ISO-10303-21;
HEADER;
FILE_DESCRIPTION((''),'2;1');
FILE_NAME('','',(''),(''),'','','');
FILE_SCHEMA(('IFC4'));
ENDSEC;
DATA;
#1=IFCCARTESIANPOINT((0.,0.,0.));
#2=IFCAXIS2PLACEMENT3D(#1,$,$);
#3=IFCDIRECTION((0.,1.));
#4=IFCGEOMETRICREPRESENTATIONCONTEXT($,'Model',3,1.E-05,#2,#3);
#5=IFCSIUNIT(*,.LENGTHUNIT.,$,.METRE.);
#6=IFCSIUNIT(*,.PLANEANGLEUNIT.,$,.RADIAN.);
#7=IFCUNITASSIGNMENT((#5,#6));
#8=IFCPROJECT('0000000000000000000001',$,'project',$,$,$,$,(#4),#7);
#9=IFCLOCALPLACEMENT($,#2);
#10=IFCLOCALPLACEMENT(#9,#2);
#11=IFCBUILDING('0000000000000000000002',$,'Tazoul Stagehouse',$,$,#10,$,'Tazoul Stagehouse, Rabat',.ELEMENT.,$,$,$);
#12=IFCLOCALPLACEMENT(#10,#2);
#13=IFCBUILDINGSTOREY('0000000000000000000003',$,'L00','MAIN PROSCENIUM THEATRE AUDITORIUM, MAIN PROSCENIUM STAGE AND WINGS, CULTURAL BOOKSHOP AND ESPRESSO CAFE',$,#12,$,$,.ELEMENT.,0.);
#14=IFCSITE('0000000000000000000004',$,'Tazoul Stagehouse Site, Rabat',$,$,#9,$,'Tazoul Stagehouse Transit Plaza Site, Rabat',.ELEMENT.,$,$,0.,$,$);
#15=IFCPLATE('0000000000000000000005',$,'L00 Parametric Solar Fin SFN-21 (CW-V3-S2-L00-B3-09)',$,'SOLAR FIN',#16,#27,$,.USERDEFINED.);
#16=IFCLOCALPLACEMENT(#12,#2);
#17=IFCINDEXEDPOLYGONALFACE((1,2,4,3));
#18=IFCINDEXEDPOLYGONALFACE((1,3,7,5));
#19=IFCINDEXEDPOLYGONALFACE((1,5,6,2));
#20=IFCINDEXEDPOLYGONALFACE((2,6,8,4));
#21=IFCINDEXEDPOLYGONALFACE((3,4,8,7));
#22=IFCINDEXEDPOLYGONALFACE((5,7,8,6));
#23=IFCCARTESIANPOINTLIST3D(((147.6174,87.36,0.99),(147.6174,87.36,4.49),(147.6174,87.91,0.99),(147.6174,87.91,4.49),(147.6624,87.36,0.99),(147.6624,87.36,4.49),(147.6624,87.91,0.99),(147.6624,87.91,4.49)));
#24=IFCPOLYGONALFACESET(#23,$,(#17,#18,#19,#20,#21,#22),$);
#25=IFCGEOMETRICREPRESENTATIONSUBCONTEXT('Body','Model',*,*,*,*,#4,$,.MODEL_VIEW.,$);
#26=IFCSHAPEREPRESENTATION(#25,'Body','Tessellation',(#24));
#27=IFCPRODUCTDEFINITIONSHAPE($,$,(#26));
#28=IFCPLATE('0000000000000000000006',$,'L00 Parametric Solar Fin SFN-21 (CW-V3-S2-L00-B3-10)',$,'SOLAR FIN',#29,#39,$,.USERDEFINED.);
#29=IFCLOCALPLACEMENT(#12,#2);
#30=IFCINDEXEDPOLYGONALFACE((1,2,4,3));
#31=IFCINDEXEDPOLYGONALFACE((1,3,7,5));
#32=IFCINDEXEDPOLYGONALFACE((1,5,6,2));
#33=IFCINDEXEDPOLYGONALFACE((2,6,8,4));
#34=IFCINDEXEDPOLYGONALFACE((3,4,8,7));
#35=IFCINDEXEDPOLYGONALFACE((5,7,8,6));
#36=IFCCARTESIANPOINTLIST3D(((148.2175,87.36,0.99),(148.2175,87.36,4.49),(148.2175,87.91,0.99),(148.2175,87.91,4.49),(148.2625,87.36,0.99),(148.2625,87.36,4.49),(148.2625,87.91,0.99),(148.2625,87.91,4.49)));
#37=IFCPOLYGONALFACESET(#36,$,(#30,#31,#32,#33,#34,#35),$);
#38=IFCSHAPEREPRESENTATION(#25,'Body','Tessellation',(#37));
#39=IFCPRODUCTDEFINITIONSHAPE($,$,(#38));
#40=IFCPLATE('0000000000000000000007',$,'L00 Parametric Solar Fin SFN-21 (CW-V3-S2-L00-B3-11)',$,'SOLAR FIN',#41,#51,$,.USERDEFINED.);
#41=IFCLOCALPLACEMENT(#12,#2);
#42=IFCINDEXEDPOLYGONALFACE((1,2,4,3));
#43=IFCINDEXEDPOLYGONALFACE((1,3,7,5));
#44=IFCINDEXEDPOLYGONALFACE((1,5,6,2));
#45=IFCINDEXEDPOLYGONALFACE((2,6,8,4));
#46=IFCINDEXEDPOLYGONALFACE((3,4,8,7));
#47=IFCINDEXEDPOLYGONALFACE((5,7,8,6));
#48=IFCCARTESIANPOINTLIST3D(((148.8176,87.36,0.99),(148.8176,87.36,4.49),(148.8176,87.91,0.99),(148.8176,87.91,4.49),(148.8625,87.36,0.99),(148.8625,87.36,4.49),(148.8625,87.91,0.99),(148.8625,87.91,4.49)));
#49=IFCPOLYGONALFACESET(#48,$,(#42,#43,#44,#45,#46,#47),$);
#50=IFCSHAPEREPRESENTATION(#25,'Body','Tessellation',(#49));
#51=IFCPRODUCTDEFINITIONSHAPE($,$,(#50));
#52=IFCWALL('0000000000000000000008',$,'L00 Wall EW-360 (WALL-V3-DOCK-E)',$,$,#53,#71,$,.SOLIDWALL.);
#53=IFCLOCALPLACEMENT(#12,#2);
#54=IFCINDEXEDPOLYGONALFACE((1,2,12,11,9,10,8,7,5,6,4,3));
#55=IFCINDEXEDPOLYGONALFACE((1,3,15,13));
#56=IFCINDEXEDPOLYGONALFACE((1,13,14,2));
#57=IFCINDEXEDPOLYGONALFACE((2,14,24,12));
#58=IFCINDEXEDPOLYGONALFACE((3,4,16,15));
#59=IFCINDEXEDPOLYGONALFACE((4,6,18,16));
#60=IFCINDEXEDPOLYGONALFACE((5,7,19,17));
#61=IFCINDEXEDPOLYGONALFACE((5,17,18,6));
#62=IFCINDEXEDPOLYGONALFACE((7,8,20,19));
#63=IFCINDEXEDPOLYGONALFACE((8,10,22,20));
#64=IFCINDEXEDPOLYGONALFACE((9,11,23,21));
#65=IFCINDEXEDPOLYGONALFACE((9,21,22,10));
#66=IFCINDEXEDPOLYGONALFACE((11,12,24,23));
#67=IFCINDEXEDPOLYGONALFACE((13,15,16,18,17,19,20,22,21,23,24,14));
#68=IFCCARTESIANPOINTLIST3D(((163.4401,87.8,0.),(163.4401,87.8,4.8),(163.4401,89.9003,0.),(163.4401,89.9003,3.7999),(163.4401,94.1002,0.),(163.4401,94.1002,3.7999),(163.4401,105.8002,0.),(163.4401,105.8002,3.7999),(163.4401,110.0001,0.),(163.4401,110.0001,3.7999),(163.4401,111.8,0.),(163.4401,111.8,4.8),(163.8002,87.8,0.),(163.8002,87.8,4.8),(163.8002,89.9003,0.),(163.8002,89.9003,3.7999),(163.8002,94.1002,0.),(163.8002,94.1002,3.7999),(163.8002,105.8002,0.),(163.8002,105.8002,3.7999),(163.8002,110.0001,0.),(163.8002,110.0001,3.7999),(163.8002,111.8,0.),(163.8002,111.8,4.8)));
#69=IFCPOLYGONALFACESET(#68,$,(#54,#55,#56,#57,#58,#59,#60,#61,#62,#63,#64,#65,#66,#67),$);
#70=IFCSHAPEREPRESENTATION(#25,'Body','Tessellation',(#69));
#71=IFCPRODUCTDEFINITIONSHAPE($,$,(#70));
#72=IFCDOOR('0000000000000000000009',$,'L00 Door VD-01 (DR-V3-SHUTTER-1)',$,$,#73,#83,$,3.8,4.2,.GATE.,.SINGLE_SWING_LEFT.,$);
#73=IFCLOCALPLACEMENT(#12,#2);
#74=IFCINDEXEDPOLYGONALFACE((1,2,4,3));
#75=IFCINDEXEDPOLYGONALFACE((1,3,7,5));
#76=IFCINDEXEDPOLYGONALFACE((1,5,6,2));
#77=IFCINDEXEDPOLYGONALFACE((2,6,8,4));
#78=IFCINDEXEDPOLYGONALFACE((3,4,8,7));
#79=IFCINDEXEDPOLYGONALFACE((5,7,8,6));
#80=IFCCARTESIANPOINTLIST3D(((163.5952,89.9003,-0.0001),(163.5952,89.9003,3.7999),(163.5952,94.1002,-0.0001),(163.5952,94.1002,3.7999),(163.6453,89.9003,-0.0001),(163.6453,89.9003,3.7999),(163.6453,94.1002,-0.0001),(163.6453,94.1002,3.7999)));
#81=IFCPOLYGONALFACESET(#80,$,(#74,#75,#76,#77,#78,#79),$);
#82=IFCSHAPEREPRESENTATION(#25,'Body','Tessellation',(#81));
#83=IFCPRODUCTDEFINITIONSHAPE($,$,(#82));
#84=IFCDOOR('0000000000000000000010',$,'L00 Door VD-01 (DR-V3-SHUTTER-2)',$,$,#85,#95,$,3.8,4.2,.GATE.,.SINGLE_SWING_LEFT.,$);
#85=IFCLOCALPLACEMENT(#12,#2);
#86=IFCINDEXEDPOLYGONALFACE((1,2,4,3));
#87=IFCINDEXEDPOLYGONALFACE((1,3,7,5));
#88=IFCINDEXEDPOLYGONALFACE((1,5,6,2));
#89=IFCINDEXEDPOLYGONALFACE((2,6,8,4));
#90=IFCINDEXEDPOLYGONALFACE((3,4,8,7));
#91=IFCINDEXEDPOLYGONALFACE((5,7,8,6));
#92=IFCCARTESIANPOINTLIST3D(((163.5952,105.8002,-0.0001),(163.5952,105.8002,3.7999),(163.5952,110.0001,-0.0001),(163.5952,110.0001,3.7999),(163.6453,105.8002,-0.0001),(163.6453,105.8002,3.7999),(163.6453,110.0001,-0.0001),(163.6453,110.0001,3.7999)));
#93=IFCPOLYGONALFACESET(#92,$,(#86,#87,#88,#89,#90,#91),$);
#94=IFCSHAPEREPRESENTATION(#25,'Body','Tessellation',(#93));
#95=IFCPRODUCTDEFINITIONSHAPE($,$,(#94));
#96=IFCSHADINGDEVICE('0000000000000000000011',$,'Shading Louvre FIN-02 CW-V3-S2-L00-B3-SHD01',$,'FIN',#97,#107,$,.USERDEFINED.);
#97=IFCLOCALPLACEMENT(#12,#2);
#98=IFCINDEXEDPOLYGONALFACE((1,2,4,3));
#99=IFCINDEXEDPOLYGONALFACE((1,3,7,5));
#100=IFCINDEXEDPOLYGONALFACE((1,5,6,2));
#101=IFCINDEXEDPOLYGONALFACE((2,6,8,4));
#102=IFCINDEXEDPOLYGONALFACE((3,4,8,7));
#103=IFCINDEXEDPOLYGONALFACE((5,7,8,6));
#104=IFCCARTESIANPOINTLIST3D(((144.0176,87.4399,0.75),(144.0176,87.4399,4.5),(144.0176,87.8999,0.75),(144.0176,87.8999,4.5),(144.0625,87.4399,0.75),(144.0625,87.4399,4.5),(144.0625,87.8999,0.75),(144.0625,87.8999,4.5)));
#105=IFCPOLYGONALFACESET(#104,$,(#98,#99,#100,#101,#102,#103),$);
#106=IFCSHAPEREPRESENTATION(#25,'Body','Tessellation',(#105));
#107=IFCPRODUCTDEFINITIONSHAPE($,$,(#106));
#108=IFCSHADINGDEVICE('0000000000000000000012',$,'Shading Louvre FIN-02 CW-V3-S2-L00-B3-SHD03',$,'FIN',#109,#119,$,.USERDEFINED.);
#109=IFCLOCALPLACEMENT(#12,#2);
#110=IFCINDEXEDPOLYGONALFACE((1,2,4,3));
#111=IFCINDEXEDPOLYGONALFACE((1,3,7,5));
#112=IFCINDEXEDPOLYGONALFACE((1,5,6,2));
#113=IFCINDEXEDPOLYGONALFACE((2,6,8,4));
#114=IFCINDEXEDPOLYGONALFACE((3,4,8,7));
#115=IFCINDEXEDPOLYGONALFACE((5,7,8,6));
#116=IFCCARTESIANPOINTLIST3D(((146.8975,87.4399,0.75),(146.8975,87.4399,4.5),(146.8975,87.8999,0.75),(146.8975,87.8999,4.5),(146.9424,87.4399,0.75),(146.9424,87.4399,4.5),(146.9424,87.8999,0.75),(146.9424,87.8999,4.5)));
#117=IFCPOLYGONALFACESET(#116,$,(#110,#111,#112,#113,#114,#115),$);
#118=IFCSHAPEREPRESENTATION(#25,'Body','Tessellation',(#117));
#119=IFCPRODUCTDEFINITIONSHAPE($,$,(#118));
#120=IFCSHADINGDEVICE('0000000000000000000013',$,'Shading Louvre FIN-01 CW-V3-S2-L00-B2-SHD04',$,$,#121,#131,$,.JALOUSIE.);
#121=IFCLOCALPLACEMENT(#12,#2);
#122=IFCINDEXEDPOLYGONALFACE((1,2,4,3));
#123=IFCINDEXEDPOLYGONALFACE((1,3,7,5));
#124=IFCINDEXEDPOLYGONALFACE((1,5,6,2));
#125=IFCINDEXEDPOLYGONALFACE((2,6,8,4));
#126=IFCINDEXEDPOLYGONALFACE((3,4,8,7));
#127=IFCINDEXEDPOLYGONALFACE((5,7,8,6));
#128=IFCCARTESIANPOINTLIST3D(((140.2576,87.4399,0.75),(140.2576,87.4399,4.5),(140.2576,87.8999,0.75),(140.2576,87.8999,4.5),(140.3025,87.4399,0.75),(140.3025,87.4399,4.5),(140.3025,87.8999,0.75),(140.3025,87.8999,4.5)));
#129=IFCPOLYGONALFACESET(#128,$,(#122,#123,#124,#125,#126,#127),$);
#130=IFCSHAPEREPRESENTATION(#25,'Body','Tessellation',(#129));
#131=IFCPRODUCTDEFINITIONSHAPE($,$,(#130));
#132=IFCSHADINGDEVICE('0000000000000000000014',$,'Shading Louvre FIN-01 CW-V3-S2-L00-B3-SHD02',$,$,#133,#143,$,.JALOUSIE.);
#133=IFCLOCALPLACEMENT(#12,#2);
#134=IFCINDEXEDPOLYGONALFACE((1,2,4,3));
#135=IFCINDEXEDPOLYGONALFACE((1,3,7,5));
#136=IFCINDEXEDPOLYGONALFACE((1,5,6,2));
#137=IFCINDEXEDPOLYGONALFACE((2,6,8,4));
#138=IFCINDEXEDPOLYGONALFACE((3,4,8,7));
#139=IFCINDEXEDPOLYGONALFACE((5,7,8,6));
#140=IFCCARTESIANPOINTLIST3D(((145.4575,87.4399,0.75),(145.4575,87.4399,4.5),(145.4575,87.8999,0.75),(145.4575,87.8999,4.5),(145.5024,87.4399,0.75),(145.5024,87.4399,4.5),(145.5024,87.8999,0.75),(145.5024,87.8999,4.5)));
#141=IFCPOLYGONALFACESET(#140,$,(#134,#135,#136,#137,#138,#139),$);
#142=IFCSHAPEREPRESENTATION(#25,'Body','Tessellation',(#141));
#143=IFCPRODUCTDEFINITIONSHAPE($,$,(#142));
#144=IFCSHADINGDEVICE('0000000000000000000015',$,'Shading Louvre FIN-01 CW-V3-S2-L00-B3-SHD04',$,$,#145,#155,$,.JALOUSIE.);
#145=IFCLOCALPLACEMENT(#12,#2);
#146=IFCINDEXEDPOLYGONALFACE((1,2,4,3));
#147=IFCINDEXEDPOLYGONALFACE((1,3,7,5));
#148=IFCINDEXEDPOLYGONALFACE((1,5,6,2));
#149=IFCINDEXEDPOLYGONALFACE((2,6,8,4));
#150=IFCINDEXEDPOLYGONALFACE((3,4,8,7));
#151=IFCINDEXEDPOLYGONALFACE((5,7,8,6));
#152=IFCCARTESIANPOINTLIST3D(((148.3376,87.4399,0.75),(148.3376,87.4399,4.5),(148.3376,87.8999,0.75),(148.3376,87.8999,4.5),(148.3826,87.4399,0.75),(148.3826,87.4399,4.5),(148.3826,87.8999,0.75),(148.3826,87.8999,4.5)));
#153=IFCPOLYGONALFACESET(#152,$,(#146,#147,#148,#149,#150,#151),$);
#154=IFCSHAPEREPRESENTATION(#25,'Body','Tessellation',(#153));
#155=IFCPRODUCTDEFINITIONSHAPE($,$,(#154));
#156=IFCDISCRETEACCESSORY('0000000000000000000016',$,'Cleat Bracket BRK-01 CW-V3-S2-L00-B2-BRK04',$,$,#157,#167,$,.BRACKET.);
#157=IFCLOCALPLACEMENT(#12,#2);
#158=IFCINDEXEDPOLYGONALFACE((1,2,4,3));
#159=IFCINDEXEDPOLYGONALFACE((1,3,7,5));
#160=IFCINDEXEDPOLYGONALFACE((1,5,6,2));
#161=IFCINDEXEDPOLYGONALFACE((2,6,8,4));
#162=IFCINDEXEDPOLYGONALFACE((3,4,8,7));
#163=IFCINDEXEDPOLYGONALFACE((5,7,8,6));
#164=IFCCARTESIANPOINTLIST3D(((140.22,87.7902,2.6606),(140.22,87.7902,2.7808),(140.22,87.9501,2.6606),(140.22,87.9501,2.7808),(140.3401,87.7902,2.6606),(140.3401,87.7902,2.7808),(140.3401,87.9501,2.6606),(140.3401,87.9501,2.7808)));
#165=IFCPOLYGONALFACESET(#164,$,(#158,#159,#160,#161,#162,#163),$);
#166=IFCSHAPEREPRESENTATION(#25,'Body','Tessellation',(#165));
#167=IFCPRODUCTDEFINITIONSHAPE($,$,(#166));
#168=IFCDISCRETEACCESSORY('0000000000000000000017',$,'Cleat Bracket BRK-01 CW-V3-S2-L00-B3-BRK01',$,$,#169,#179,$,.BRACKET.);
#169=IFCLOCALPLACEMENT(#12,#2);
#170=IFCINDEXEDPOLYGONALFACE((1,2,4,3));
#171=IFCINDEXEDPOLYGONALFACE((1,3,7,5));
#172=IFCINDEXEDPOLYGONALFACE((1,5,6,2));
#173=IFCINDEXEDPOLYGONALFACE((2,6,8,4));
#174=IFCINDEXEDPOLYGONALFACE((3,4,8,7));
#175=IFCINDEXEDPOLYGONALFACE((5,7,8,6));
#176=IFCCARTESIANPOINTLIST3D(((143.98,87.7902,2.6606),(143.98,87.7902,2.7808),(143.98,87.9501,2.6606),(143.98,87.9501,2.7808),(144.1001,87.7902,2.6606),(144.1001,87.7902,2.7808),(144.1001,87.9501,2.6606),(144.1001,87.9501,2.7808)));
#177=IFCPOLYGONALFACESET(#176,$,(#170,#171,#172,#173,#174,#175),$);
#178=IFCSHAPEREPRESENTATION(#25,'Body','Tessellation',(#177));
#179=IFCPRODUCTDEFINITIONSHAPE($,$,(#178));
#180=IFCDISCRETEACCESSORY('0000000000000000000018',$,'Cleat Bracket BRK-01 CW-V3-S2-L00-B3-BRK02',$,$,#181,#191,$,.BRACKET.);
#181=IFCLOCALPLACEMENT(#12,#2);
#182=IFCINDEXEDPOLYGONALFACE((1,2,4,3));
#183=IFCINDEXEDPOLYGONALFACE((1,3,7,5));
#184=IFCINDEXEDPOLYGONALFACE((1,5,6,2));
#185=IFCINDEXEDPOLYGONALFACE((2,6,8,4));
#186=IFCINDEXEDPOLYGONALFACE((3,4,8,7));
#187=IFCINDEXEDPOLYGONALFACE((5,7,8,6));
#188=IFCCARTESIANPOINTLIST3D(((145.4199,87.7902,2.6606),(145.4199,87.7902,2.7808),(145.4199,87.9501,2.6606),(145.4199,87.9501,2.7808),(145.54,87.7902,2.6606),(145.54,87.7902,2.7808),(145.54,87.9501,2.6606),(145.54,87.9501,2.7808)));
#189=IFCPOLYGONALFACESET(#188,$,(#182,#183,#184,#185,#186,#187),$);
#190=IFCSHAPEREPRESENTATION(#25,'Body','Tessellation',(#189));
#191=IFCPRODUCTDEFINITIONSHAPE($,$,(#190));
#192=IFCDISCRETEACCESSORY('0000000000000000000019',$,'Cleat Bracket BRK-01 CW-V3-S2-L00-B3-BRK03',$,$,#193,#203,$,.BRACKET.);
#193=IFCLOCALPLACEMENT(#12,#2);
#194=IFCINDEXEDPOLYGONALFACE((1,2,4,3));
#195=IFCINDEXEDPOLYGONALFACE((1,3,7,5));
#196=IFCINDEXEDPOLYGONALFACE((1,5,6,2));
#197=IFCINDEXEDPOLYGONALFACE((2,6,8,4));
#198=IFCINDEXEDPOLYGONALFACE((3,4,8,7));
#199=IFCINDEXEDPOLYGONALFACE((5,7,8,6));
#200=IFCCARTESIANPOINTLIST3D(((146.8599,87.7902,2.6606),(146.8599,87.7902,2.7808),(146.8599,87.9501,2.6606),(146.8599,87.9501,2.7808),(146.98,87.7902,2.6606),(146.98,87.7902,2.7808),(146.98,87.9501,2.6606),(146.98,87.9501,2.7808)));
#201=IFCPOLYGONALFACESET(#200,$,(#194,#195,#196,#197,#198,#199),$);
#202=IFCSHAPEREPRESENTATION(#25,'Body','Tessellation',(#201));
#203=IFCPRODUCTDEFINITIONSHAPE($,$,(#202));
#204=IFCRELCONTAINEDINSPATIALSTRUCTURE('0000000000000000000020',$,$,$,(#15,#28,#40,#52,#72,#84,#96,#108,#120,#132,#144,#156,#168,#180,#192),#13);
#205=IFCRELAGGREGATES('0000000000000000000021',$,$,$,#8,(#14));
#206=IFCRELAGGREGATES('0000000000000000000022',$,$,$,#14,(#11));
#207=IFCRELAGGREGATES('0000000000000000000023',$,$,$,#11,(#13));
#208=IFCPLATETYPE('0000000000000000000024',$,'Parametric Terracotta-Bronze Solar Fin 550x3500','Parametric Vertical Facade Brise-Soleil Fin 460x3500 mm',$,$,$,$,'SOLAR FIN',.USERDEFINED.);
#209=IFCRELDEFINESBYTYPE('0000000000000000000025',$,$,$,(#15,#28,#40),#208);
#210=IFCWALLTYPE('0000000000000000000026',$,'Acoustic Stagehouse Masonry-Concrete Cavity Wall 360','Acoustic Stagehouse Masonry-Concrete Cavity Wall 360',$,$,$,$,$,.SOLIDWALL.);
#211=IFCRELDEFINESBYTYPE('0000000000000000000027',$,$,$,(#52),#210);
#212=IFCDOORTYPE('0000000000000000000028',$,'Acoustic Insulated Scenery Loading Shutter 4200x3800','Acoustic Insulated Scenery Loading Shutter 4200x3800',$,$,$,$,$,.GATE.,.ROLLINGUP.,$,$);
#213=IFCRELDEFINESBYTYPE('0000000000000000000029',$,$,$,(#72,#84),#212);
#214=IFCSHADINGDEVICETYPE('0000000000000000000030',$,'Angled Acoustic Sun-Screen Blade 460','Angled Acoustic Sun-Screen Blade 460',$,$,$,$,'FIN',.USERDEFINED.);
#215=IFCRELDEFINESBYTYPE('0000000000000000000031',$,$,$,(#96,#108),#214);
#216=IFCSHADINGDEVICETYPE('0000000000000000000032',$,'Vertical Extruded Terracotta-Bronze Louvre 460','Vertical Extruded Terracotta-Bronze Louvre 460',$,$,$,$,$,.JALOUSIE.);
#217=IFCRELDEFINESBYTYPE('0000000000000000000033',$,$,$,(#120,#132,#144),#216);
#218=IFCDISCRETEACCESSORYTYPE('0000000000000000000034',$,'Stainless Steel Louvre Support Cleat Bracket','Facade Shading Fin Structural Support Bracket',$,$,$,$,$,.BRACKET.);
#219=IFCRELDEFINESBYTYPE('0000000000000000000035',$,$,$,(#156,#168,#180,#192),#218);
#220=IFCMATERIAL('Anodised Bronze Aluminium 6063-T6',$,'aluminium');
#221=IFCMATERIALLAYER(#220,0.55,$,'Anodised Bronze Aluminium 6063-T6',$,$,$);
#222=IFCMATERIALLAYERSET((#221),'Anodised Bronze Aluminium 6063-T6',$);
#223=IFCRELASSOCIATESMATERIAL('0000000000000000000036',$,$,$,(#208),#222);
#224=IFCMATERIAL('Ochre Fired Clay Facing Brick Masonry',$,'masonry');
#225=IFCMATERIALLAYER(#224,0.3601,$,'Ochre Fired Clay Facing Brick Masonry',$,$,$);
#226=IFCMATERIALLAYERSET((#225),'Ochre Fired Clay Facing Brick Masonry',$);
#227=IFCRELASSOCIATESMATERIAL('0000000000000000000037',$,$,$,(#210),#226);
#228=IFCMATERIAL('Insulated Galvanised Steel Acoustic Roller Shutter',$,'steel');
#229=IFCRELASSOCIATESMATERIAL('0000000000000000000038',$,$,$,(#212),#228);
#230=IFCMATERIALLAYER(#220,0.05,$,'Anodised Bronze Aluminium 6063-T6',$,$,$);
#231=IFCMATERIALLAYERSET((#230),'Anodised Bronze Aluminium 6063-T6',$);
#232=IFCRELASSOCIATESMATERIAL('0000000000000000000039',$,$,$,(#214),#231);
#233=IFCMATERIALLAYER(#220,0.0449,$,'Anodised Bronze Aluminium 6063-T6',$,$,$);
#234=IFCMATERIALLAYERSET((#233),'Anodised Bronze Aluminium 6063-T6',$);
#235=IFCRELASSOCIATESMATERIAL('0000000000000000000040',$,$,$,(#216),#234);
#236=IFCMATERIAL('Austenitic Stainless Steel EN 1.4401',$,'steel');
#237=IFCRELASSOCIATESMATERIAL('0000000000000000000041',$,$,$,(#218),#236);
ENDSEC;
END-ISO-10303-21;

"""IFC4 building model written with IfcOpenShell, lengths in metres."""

from ifc_helpers import new_model, si_unit, direction, frame, frame_2d, origin, origin_2d, place, context, subcontext, project, spatial, rectangle, extrude, material, layer, layer_set, type_object, element, fill, save


model = new_model("IFC4")

# Units and contexts
model_context = context("Model", 3, precision=1e-05, world=origin(), true_north=direction((0.0, 1.0)))
body_context = subcontext(model_context, "Body", "Model", "MODEL_VIEW")
ifc_project = project(units=[si_unit("LENGTHUNIT", "METRE"), si_unit("PLANEANGLEUNIT", "RADIAN")], contexts=[model_context])

# Site, building, storey
site_placement = place(None, origin())
site = spatial("IfcSite", under=ifc_project, at=site_placement, Name="Tazoul Stagehouse Site, Rabat", LongName="Tazoul Stagehouse Transit Plaza Site, Rabat", CompositionType="ELEMENT", RefElevation=0.0)
building_placement = place(site_placement, origin())
building = spatial("IfcBuilding", under=site, at=building_placement, Name="Tazoul Stagehouse", LongName="Tazoul Stagehouse, Rabat", CompositionType="ELEMENT")
storey_placement = place(building_placement, origin())
storey = spatial("IfcBuildingStorey", under=building, at=storey_placement, Name="L00", Description="MAIN PROSCENIUM THEATRE AUDITORIUM, MAIN PROSCENIUM STAGE AND WINGS, CULTURAL BOOKSHOP AND ESPRESSO CAFE", CompositionType="ELEMENT", Elevation=0.0)

# Plates
ifc_material_1 = material(Name="Anodised Bronze Aluminium 6063-T6", Category="aluminium")
ifc_layer_1 = layer(ifc_material_1, 0.55, Name="Anodised Bronze Aluminium 6063-T6")
ifc_layer_set_1 = layer_set([ifc_layer_1], Name="Anodised Bronze Aluminium 6063-T6")
plate_type = type_object("IfcPlateType", Name="Parametric Terracotta-Bronze Solar Fin 550x3500", Description="Parametric Vertical Facade Brise-Soleil Fin 460x3500 mm", ElementType="SOLAR FIN", PredefinedType="USERDEFINED", material=ifc_layer_set_1)
for number, where, z_axis, x_axis, name in (
    (1, (147.6399, 87.635, 0.99), (0.0, 0.0, 1.0), (1.0, 0.0, 0.0), "L00 Parametric Solar Fin SFN-21 (CW-V3-S2-L00-B3-09)"),
    (2, (148.24, 87.635, 0.99), (0.0, 0.0, 1.0), (1.0, 0.0, 0.0), "L00 Parametric Solar Fin SFN-21 (CW-V3-S2-L00-B3-10)"),
    (3, (148.8401, 87.635, 0.99), (0.0, 0.0, 1.0), (1.0, 0.0, 0.0), "L00 Parametric Solar Fin SFN-21 (CW-V3-S2-L00-B3-11)"),
):
    element("IfcPlate", number, at=place(storey_placement, frame(where, z_axis=z_axis, x_axis=x_axis)), inside=storey, type_object=plate_type, Name=name, ObjectType="SOLAR FIN", PredefinedType="USERDEFINED", context=body_context, shape_type="SweptSolid", body=[
        extrude(rectangle(XDim=0.0449, YDim=0.55, at=origin_2d()), origin(), (0.0, 0.0, 1.0), 3.5),
    ])

# Wall, openings, doors
ifc_material_2 = material(Name="Ochre Fired Clay Facing Brick Masonry", Category="masonry")
ifc_layer_2 = layer(ifc_material_2, 0.3601, Name="Ochre Fired Clay Facing Brick Masonry")
ifc_layer_set_2 = layer_set([ifc_layer_2], Name="Ochre Fired Clay Facing Brick Masonry")
wall_type = type_object("IfcWallType", Name="Acoustic Stagehouse Masonry-Concrete Cavity Wall 360", Description="Acoustic Stagehouse Masonry-Concrete Cavity Wall 360", PredefinedType="SOLIDWALL", material=ifc_layer_set_2)
wall_placement = place(storey_placement, frame((163.6201, 87.8, 0.0), z_axis=(0.0, 0.0, 1.0), x_axis=(0.0, 1.0, 0.0)))
wall = element("IfcWall", 4, at=wall_placement, inside=storey, type_object=wall_type, Name="L00 Wall EW-360 (WALL-V3-DOCK-E)", PredefinedType="SOLIDWALL", context=body_context, shape_type="SweptSolid", body=[
    extrude(rectangle(XDim=24.0, YDim=0.3601, at=frame_2d((12.0, 0.0))), origin(), (0.0, 0.0, 1.0), 4.8),
])
opening_1_placement = place(wall_placement, frame((2.1001, 0.0, 0.0)))
opening_1 = element("IfcOpeningElement", 5, at=opening_1_placement, cuts=wall, PredefinedType="OPENING", context=body_context, shape_type="SweptSolid", body=[
    extrude(rectangle(XDim=4.2, YDim=3.8, at=frame_2d((2.1001, 1.8999))), frame((0.0, 0.2, 0.0), z_axis=(0.0, -1.0, 0.0), x_axis=(1.0, 0.0, 0.0)), (0.0, 0.0, 1.0), 0.4001),
])
opening_2_placement = place(wall_placement, frame((18.0, 0.0, 0.0)))
opening_2 = element("IfcOpeningElement", 6, at=opening_2_placement, cuts=wall, PredefinedType="OPENING", context=body_context, shape_type="SweptSolid", body=[
    extrude(rectangle(XDim=4.2, YDim=3.8, at=frame_2d((2.1001, 1.8999))), frame((0.0, 0.2, 0.0), z_axis=(0.0, -1.0, 0.0), x_axis=(1.0, 0.0, 0.0)), (0.0, 0.0, 1.0), 0.4001),
])
ifc_material_3 = material(Name="Insulated Galvanised Steel Acoustic Roller Shutter", Category="steel")
door_type = type_object("IfcDoorType", Name="Acoustic Insulated Scenery Loading Shutter 4200x3800", Description="Acoustic Insulated Scenery Loading Shutter 4200x3800", OperationType="ROLLINGUP", PredefinedType="GATE", material=ifc_material_3)
door_1_placement = place(opening_1_placement, origin())
door_1 = element("IfcDoor", 7, at=door_1_placement, inside=storey, type_object=door_type, Name="L00 Door VD-01 (DR-V3-SHUTTER-1)", OperationType="SINGLE_SWING_LEFT", OverallHeight=3.8, OverallWidth=4.2, PredefinedType="GATE", context=body_context, shape_type="SweptSolid", body=[
    extrude(rectangle(XDim=4.2, YDim=3.8, at=frame_2d((2.1001, 1.8999))), frame((0.0, 0.0249, 0.0), z_axis=(0.0, -1.0, 0.0), x_axis=(1.0, 0.0, 0.0)), (0.0, 0.0, 1.0), 0.05),
])
fill(opening_1, door_1)
door_2_placement = place(opening_2_placement, origin())
door_2 = element("IfcDoor", 8, at=door_2_placement, inside=storey, type_object=door_type, Name="L00 Door VD-01 (DR-V3-SHUTTER-2)", OperationType="SINGLE_SWING_LEFT", OverallHeight=3.8, OverallWidth=4.2, PredefinedType="GATE", context=body_context, shape_type="SweptSolid", body=[
    extrude(rectangle(XDim=4.2, YDim=3.8, at=frame_2d((2.1001, 1.8999))), frame((0.0, 0.0249, 0.0), z_axis=(0.0, -1.0, 0.0), x_axis=(1.0, 0.0, 0.0)), (0.0, 0.0, 1.0), 0.05),
])
fill(opening_2, door_2)

# Shading devices
ifc_layer_3 = layer(ifc_material_1, 0.05, Name="Anodised Bronze Aluminium 6063-T6")
ifc_layer_set_3 = layer_set([ifc_layer_3], Name="Anodised Bronze Aluminium 6063-T6")
shading_device_type_1 = type_object("IfcShadingDeviceType", Name="Angled Acoustic Sun-Screen Blade 460", Description="Angled Acoustic Sun-Screen Blade 460", ElementType="FIN", PredefinedType="USERDEFINED", material=ifc_layer_set_3)
for number, where, z_axis, x_axis, name in (
    (9, (144.04, 87.6699, 0.75), (0.0, 0.0, 1.0), (1.0, 0.0, 0.0), "Shading Louvre FIN-02 CW-V3-S2-L00-B3-SHD01"),
    (10, (146.9199, 87.6699, 0.75), (0.0, 0.0, 1.0), (1.0, 0.0, 0.0), "Shading Louvre FIN-02 CW-V3-S2-L00-B3-SHD03"),
):
    element("IfcShadingDevice", number, at=place(storey_placement, frame(where, z_axis=z_axis, x_axis=x_axis)), inside=storey, type_object=shading_device_type_1, Name=name, ObjectType="FIN", PredefinedType="USERDEFINED", context=body_context, shape_type="SweptSolid", body=[
        extrude(rectangle(XDim=0.0449, YDim=0.46, at=origin_2d()), origin(), (0.0, 0.0, 1.0), 3.75),
    ])
ifc_layer_4 = layer(ifc_material_1, 0.0449, Name="Anodised Bronze Aluminium 6063-T6")
ifc_layer_set_4 = layer_set([ifc_layer_4], Name="Anodised Bronze Aluminium 6063-T6")
shading_device_type_2 = type_object("IfcShadingDeviceType", Name="Vertical Extruded Terracotta-Bronze Louvre 460", Description="Vertical Extruded Terracotta-Bronze Louvre 460", PredefinedType="JALOUSIE", material=ifc_layer_set_4)
for number, where, z_axis, x_axis, name in (
    (11, (140.28, 87.6699, 0.75), (0.0, 0.0, 1.0), (1.0, 0.0, 0.0), "Shading Louvre FIN-01 CW-V3-S2-L00-B2-SHD04"),
    (12, (145.48, 87.6699, 0.75), (0.0, 0.0, 1.0), (1.0, 0.0, 0.0), "Shading Louvre FIN-01 CW-V3-S2-L00-B3-SHD02"),
    (13, (148.3601, 87.6699, 0.75), (0.0, 0.0, 1.0), (1.0, 0.0, 0.0), "Shading Louvre FIN-01 CW-V3-S2-L00-B3-SHD04"),
):
    element("IfcShadingDevice", number, at=place(storey_placement, frame(where, z_axis=z_axis, x_axis=x_axis)), inside=storey, type_object=shading_device_type_2, Name=name, PredefinedType="JALOUSIE", context=body_context, shape_type="SweptSolid", body=[
        extrude(rectangle(XDim=0.0449, YDim=0.46, at=origin_2d()), origin(), (0.0, 0.0, 1.0), 3.75),
    ])

# Discrete accessories
ifc_material_4 = material(Name="Austenitic Stainless Steel EN 1.4401", Category="steel")
discrete_accessory_type = type_object("IfcDiscreteAccessoryType", Name="Stainless Steel Louvre Support Cleat Bracket", Description="Facade Shading Fin Structural Support Bracket", PredefinedType="BRACKET", material=ifc_material_4)
for number, where, z_axis, x_axis, name in (
    (14, (140.28, 87.8701, 2.6606), (0.0, 0.0, 1.0), (1.0, 0.0, 0.0), "Cleat Bracket BRK-01 CW-V3-S2-L00-B2-BRK04"),
    (15, (144.04, 87.8701, 2.6606), (0.0, 0.0, 1.0), (1.0, 0.0, 0.0), "Cleat Bracket BRK-01 CW-V3-S2-L00-B3-BRK01"),
    (16, (145.48, 87.8701, 2.6606), (0.0, 0.0, 1.0), (1.0, 0.0, 0.0), "Cleat Bracket BRK-01 CW-V3-S2-L00-B3-BRK02"),
    (17, (146.9199, 87.8701, 2.6606), (0.0, 0.0, 1.0), (1.0, 0.0, 0.0), "Cleat Bracket BRK-01 CW-V3-S2-L00-B3-BRK03"),
):
    element("IfcDiscreteAccessory", number, at=place(storey_placement, frame(where, z_axis=z_axis, x_axis=x_axis)), inside=storey, type_object=discrete_accessory_type, Name=name, PredefinedType="BRACKET", context=body_context, shape_type="SweptSolid", body=[
        extrude(rectangle(XDim=0.1201, YDim=0.1599, at=origin_2d()), origin(), (0.0, 0.0, 1.0), 0.1201),
    ])

save(model, "model.ifc")
